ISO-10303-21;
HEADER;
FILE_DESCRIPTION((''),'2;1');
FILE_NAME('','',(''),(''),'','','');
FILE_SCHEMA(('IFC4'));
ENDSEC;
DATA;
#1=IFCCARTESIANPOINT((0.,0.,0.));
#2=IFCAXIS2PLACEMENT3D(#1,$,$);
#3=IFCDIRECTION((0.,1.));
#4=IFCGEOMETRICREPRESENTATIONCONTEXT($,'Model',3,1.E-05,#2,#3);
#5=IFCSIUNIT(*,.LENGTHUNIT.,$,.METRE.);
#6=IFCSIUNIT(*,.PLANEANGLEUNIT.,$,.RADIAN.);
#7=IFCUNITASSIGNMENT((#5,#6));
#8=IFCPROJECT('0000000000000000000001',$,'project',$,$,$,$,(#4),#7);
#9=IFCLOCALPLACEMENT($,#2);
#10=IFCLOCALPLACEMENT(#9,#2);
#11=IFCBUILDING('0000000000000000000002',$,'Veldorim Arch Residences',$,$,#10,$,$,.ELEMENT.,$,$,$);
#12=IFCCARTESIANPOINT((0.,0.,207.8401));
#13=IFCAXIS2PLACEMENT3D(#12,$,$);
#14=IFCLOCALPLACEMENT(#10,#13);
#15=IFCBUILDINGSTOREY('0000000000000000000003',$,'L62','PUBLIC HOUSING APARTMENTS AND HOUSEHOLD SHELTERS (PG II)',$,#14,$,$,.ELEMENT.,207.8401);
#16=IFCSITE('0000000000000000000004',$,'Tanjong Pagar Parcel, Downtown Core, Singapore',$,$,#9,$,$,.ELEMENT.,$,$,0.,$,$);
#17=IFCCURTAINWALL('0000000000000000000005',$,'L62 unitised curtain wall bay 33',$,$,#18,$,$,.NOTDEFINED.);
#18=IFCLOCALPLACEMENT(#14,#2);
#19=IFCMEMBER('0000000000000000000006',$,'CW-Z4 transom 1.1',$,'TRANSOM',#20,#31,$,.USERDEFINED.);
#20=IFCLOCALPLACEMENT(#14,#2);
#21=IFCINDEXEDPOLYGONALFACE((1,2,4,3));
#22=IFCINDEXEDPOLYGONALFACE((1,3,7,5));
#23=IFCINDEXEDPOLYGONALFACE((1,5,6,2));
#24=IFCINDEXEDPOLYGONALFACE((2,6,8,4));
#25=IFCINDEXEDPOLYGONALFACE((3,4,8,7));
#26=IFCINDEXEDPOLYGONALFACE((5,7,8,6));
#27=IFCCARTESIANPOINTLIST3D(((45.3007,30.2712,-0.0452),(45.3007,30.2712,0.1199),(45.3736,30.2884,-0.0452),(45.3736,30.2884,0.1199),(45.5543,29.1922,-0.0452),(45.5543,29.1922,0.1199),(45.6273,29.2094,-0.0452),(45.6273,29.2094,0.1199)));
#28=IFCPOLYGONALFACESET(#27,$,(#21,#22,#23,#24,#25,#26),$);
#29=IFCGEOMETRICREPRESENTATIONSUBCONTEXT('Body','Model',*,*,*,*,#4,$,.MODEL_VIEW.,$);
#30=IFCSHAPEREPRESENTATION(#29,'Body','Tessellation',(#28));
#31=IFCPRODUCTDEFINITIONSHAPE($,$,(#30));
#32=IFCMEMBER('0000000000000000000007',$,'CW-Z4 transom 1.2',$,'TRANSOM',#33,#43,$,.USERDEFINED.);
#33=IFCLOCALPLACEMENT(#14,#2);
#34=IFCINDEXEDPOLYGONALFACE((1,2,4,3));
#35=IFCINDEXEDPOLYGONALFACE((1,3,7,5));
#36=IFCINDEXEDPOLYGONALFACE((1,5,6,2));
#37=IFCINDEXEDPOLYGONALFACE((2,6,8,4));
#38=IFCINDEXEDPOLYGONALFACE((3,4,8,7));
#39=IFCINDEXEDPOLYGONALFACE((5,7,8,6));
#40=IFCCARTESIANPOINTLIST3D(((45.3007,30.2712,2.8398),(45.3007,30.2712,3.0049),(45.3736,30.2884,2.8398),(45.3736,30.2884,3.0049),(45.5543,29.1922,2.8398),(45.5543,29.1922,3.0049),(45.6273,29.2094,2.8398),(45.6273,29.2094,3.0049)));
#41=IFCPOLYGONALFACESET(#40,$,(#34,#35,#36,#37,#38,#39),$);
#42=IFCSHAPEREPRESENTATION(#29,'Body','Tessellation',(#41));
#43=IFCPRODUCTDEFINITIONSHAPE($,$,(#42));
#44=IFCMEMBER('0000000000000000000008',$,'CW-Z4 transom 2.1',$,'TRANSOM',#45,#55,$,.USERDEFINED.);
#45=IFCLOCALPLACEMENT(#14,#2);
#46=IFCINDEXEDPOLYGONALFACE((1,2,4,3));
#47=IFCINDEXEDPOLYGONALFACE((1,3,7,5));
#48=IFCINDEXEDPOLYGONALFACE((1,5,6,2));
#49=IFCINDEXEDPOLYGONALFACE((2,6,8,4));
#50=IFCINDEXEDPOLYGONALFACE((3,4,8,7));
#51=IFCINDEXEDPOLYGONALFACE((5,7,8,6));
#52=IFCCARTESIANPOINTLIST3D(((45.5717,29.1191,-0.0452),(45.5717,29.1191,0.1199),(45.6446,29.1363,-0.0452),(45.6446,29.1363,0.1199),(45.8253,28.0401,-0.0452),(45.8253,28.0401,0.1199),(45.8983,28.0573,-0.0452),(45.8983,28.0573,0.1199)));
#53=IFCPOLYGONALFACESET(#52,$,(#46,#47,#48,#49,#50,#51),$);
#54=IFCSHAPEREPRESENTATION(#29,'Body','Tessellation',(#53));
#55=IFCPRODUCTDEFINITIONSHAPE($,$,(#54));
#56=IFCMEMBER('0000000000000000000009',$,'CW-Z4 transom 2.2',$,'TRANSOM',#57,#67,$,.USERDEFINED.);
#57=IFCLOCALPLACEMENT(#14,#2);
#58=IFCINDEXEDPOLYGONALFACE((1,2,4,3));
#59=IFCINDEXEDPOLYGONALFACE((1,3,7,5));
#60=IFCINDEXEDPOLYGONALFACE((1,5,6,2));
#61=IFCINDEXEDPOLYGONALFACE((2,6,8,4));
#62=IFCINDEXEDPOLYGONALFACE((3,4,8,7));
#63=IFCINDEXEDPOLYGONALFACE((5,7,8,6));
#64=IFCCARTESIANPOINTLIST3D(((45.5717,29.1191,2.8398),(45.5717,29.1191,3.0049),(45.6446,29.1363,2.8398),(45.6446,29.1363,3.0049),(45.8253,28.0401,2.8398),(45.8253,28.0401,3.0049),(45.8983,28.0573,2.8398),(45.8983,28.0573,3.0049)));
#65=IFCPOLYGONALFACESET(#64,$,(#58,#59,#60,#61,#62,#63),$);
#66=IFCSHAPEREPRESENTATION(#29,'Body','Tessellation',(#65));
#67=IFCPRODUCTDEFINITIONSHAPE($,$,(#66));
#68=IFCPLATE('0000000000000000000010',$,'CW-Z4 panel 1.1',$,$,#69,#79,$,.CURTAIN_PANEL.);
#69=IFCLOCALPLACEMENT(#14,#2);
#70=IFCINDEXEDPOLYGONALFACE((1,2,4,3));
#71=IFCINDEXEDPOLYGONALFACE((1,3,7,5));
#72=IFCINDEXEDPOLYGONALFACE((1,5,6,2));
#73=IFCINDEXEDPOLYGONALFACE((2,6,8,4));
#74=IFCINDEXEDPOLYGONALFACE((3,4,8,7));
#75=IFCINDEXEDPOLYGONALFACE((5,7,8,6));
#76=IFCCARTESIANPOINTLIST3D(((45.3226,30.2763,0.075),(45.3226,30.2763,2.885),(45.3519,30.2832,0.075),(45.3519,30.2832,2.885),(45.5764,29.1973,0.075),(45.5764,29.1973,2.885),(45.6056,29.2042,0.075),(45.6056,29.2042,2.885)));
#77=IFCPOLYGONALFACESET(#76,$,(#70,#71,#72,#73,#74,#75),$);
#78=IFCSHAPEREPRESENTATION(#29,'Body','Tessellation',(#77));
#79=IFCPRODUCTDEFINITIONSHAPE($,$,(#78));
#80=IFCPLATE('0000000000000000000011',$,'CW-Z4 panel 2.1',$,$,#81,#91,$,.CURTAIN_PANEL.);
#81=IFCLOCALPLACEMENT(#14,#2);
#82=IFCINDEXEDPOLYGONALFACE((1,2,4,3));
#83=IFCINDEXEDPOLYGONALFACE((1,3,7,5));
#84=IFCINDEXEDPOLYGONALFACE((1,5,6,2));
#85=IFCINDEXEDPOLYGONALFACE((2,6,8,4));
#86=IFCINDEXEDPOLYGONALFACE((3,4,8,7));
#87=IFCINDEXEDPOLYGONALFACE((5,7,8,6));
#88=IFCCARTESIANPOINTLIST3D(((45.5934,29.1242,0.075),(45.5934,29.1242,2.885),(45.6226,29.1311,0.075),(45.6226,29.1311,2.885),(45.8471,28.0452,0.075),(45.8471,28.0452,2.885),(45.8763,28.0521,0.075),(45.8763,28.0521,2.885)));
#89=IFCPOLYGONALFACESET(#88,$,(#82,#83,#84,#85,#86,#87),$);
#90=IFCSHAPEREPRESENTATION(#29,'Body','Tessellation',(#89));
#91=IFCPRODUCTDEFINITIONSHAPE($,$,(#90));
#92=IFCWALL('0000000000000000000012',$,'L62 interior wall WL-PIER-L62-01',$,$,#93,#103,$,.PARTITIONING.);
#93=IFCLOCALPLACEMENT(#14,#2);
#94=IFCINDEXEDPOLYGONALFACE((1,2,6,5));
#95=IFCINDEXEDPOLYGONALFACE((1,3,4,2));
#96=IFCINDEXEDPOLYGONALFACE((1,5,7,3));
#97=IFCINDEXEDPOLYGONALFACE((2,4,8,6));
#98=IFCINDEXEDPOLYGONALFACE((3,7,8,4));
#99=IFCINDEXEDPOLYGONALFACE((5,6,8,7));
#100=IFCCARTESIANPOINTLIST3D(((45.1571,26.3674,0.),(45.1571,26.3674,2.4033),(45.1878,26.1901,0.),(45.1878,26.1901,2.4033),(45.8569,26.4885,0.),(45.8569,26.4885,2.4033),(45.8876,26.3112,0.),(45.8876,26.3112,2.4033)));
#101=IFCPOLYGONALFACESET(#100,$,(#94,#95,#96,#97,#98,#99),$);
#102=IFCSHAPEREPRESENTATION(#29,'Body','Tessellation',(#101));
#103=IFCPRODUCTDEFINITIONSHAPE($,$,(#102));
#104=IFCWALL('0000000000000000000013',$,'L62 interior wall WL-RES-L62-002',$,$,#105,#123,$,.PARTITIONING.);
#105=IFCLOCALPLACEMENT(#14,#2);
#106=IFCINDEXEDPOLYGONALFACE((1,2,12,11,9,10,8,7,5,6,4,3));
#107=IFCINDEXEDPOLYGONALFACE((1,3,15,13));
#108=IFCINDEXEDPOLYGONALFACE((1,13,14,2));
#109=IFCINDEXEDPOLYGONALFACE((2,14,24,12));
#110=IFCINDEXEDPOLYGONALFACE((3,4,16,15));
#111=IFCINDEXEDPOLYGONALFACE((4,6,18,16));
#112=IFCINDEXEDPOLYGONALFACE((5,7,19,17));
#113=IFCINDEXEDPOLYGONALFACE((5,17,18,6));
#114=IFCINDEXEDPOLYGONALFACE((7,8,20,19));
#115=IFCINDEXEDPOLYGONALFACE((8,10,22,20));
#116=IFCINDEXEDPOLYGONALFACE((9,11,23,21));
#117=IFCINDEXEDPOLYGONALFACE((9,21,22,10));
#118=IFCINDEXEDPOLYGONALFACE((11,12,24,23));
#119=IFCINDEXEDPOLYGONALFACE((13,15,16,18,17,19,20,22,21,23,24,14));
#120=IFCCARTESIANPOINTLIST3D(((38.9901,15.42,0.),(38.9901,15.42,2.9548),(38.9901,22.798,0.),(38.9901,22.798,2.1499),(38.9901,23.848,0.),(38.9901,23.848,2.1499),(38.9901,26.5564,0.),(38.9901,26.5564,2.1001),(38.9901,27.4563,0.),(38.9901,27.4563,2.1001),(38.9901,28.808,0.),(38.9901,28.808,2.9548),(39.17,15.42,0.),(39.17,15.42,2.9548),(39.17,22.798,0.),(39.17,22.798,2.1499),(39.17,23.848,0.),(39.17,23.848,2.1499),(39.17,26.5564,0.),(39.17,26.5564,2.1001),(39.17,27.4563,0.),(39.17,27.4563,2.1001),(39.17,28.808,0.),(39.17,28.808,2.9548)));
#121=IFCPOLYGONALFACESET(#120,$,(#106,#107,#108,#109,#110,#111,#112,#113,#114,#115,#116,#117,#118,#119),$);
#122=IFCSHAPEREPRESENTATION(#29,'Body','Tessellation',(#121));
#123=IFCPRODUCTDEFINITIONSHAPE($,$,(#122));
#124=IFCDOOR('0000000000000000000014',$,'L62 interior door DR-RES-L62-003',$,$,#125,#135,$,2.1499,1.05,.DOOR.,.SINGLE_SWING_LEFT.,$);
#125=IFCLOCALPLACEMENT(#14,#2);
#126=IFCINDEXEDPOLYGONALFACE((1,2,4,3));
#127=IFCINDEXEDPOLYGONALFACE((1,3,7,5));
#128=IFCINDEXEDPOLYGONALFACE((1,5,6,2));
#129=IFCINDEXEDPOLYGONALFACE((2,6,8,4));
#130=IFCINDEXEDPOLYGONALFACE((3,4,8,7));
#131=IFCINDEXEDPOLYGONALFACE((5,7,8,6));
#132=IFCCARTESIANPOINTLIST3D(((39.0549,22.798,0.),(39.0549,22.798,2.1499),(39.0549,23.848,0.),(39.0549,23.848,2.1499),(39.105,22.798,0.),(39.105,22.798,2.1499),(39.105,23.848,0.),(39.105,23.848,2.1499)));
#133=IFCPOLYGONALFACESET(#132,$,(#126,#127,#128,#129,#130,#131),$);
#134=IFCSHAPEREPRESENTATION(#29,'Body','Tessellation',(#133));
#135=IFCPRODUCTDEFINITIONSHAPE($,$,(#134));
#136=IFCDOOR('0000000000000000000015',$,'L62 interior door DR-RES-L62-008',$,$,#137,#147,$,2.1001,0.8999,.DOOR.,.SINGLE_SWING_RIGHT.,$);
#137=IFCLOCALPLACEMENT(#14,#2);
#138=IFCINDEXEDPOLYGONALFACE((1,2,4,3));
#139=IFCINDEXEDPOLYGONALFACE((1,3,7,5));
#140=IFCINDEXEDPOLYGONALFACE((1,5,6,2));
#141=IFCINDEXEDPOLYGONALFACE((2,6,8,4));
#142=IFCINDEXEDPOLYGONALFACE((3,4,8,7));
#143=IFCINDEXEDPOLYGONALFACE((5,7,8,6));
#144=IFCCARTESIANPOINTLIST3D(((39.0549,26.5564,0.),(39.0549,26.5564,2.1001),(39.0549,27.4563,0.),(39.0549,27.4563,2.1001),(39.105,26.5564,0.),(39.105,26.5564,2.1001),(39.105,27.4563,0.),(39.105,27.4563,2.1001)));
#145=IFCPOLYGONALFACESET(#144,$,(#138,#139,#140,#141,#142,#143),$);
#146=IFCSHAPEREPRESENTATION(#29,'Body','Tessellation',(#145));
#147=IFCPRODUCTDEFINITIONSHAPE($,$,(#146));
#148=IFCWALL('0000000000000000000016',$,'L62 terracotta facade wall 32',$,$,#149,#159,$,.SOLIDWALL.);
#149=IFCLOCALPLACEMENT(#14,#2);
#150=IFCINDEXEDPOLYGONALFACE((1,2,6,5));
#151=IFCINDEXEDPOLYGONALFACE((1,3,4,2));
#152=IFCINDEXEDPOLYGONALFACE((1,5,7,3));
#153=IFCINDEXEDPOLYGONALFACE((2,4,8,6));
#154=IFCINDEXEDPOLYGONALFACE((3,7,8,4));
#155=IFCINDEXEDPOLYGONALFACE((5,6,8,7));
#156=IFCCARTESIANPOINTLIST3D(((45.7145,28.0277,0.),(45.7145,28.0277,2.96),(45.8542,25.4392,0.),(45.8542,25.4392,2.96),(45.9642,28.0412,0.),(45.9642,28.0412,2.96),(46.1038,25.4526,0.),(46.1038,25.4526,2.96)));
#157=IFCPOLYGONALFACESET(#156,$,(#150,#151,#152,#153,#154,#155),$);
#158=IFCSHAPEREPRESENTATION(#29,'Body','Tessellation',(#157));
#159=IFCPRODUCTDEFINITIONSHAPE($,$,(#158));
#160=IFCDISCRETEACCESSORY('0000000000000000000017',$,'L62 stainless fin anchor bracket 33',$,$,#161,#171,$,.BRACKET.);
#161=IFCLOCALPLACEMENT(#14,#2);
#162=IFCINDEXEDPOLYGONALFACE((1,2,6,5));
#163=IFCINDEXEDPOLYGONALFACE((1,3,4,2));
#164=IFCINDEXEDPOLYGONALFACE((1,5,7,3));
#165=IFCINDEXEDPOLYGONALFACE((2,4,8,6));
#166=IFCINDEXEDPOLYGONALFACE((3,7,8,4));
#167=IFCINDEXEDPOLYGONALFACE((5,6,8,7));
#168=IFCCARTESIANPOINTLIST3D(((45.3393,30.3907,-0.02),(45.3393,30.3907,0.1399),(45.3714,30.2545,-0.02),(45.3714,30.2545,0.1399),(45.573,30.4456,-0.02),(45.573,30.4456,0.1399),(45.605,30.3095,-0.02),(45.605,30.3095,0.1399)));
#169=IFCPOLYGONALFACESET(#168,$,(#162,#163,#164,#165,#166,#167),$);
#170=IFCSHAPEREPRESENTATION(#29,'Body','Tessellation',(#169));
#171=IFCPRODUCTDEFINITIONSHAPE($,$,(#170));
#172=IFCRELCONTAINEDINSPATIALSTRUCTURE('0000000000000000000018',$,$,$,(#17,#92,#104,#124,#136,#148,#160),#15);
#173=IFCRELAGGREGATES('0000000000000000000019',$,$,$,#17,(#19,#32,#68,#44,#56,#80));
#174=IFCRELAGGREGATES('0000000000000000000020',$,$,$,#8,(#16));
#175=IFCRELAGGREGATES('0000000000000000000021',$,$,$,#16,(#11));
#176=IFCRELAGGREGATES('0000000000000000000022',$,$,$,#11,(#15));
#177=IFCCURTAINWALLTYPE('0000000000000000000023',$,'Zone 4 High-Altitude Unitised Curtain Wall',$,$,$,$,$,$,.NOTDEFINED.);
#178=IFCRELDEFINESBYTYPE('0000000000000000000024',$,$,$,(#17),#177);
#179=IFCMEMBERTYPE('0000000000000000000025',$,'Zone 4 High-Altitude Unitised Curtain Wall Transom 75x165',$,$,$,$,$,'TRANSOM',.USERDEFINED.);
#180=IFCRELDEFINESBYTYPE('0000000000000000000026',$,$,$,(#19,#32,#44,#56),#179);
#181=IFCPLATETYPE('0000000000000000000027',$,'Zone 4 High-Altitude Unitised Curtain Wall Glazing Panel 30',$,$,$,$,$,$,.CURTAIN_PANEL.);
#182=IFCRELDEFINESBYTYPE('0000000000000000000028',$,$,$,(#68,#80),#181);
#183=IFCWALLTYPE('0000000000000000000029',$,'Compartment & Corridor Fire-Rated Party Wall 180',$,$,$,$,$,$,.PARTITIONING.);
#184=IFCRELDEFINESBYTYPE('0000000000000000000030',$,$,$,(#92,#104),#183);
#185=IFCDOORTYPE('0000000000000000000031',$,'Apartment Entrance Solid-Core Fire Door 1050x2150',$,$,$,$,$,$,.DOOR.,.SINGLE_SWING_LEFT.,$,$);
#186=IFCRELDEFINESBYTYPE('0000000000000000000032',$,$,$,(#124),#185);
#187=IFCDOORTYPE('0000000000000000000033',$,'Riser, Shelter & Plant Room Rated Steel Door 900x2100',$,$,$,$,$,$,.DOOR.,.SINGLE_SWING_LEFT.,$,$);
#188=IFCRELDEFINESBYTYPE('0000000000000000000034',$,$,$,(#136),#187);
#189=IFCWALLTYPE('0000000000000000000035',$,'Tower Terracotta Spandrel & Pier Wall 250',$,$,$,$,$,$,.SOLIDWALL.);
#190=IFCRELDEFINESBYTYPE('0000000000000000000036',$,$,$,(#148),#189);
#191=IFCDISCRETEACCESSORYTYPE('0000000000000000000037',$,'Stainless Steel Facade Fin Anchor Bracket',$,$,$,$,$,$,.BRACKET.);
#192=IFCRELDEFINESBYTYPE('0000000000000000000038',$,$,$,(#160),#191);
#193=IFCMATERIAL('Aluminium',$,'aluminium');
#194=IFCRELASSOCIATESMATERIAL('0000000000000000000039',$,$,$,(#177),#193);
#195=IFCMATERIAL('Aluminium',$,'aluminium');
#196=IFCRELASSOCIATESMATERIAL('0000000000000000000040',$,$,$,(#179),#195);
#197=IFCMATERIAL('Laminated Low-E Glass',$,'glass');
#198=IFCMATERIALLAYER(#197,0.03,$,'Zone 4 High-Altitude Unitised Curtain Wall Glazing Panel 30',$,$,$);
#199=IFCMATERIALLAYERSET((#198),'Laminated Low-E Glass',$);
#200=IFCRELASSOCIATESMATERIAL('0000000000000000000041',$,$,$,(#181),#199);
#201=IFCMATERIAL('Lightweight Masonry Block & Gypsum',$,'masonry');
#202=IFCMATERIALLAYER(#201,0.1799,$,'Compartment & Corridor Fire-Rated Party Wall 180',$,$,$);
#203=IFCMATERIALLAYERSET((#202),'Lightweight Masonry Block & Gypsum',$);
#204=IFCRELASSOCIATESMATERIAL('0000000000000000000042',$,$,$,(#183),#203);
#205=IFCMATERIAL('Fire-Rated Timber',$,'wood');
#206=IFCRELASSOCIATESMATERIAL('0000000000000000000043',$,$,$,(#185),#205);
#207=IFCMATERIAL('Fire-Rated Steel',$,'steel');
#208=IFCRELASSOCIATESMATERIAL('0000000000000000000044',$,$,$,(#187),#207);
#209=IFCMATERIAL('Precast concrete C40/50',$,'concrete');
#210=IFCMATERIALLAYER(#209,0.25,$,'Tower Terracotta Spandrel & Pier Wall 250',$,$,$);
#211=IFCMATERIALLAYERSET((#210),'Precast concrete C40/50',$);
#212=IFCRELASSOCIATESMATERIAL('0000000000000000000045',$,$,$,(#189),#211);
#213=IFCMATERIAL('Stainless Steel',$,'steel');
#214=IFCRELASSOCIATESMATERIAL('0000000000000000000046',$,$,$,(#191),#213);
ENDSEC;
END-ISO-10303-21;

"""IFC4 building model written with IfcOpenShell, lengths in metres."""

from ifc_helpers import new_model, si_unit, direction, frame, frame_2d, origin, origin_2d, place, context, subcontext, project, spatial, rectangle, extrude, material, layer, layer_set, material_profile, profile_set, type_object, element, fill, aggregate, save


model = new_model("IFC4")

# Units and contexts
model_context = context("Model", 3, precision=1e-05, world=origin(), true_north=direction((0.0, 1.0)))
body_context = subcontext(model_context, "Body", "Model", "MODEL_VIEW")
ifc_project = project(units=[si_unit("LENGTHUNIT", "METRE"), si_unit("PLANEANGLEUNIT", "RADIAN")], contexts=[model_context])

# Site, building, storey
site_placement = place(None, origin())
site = spatial("IfcSite", under=ifc_project, at=site_placement, Name="Tanjong Pagar Parcel, Downtown Core, Singapore", CompositionType="ELEMENT", RefElevation=0.0)
building_placement = place(site_placement, origin())
building = spatial("IfcBuilding", under=site, at=building_placement, Name="Veldorim Arch Residences", CompositionType="ELEMENT")
storey_placement = place(building_placement, frame((0.0, 0.0, 207.8401)))
storey = spatial("IfcBuildingStorey", under=building, at=storey_placement, Name="L62", Description="PUBLIC HOUSING APARTMENTS AND HOUSEHOLD SHELTERS (PG II)", CompositionType="ELEMENT", Elevation=207.8401)

# Curtain wall, members, plates
ifc_material_1 = material(Name="Aluminium", Category="aluminium")
curtain_wall_type = type_object("IfcCurtainWallType", Name="Zone 4 High-Altitude Unitised Curtain Wall", PredefinedType="NOTDEFINED", material=ifc_material_1)
curtain_wall_placement = place(storey_placement, origin())
curtain_wall = element("IfcCurtainWall", 1, at=curtain_wall_placement, inside=storey, type_object=curtain_wall_type, Name="L62 unitised curtain wall bay 33", PredefinedType="NOTDEFINED")
ifc_material_2 = material(Name="Aluminium", Category="aluminium")
ifc_material_profile_1 = material_profile(ifc_material_2, rectangle(XDim=0.075, YDim=0.165, at=origin_2d()), Name="ALU_TRN_75x165")
ifc_profile_set_1 = profile_set([ifc_material_profile_1], Name="Aluminium")
member_type_1 = type_object("IfcMemberType", Name="Zone 4 High-Altitude Unitised Curtain Wall Transom 75x165", ElementType="TRANSOM", PredefinedType="USERDEFINED", material=ifc_profile_set_1)
member_1_placement = place(storey_placement, frame((45.3372, 30.2798, 0.0374), z_axis=(0.228831, -0.973466, 0.0), x_axis=(0.973466, 0.228831, 0.0)))
member_1 = element("IfcMember", 2, at=member_1_placement, type_object=member_type_1, Name="CW-Z4 transom 1.1", ObjectType="TRANSOM", PredefinedType="USERDEFINED", context=body_context, shape_type="SweptSolid", body=[
    extrude(rectangle(XDim=0.075, YDim=0.165, at=origin_2d()), origin(), (0.0, 0.0, 1.0), 1.1084),
])
member_2_placement = place(storey_placement, frame((45.3372, 30.2798, 2.9224), z_axis=(0.228831, -0.973466, 0.0), x_axis=(0.973466, 0.228831, 0.0)))
member_2 = element("IfcMember", 3, at=member_2_placement, type_object=member_type_1, Name="CW-Z4 transom 1.2", ObjectType="TRANSOM", PredefinedType="USERDEFINED", context=body_context, shape_type="SweptSolid", body=[
    extrude(rectangle(XDim=0.075, YDim=0.165, at=origin_2d()), origin(), (0.0, 0.0, 1.0), 1.1084),
])
member_3_placement = place(storey_placement, frame((45.6082, 29.1277, 0.0374), z_axis=(0.228831, -0.973466, 0.0), x_axis=(0.973466, 0.228831, 0.0)))
member_3 = element("IfcMember", 4, at=member_3_placement, type_object=member_type_1, Name="CW-Z4 transom 2.1", ObjectType="TRANSOM", PredefinedType="USERDEFINED", context=body_context, shape_type="SweptSolid", body=[
    extrude(rectangle(XDim=0.075, YDim=0.165, at=origin_2d()), origin(), (0.0, 0.0, 1.0), 1.1084),
])
member_4_placement = place(storey_placement, frame((45.6082, 29.1277, 2.9224), z_axis=(0.228831, -0.973466, 0.0), x_axis=(0.973466, 0.228831, 0.0)))
member_4 = element("IfcMember", 5, at=member_4_placement, type_object=member_type_1, Name="CW-Z4 transom 2.2", ObjectType="TRANSOM", PredefinedType="USERDEFINED", context=body_context, shape_type="SweptSolid", body=[
    extrude(rectangle(XDim=0.075, YDim=0.165, at=origin_2d()), origin(), (0.0, 0.0, 1.0), 1.1084),
])
ifc_material_3 = material(Name="Laminated Low-E Glass", Category="glass")
ifc_layer_1 = layer(ifc_material_3, 0.03, Name="Zone 4 High-Altitude Unitised Curtain Wall Glazing Panel 30")
ifc_layer_set_1 = layer_set([ifc_layer_1], Name="Laminated Low-E Glass")
plate_type = type_object("IfcPlateType", Name="Zone 4 High-Altitude Unitised Curtain Wall Glazing Panel 30", PredefinedType="CURTAIN_PANEL", material=ifc_layer_set_1)
plate_1_placement = place(storey_placement, frame((45.4641, 29.7402, 0.075), z_axis=(0.0, 0.0, 1.0), x_axis=(0.228907, -0.973448, 0.0)))
plate_1 = element("IfcPlate", 6, at=plate_1_placement, type_object=plate_type, Name="CW-Z4 panel 1.1", PredefinedType="CURTAIN_PANEL", context=body_context, shape_type="SweptSolid", body=[
    extrude(rectangle(XDim=1.1084, YDim=0.03, at=origin_2d()), origin(), (0.0, 0.0, 1.0), 2.8101),
])
plate_2_placement = place(storey_placement, frame((45.7349, 28.5881, 0.075), z_axis=(0.0, 0.0, 1.0), x_axis=(0.228907, -0.973448, 0.0)))
plate_2 = element("IfcPlate", 7, at=plate_2_placement, type_object=plate_type, Name="CW-Z4 panel 2.1", PredefinedType="CURTAIN_PANEL", context=body_context, shape_type="SweptSolid", body=[
    extrude(rectangle(XDim=1.1084, YDim=0.03, at=origin_2d()), origin(), (0.0, 0.0, 1.0), 2.8101),
])
aggregate(curtain_wall, [member_1, member_2, plate_1, member_3, member_4, plate_2])

# Wall
ifc_material_4 = material(Name="Lightweight Masonry Block & Gypsum", Category="masonry")
ifc_layer_2 = layer(ifc_material_4, 0.1799, Name="Compartment & Corridor Fire-Rated Party Wall 180")
ifc_layer_set_2 = layer_set([ifc_layer_2], Name="Lightweight Masonry Block & Gypsum")
wall_type_1 = type_object("IfcWallType", Name="Compartment & Corridor Fire-Rated Party Wall 180", PredefinedType="PARTITIONING", material=ifc_layer_set_2)
wall_1_placement = place(storey_placement, frame((45.1726, 26.2788, 0.0), z_axis=(0.0, 0.0, 1.0), x_axis=(0.985353, 0.170529, 0.0)))
element("IfcWall", 8, at=wall_1_placement, inside=storey, type_object=wall_type_1, Name="L62 interior wall WL-PIER-L62-01", PredefinedType="PARTITIONING", context=body_context, shape_type="SweptSolid", body=[
    extrude(rectangle(XDim=0.7102, YDim=0.1799, at=frame_2d((0.355, 0.0))), origin(), (0.0, 0.0, 1.0), 2.4033),
])

# Wall, openings, doors
wall_2_placement = place(storey_placement, frame((39.0801, 28.8079, 0.0), z_axis=(0.0, 0.0, 1.0), x_axis=(0.0, -1.0, 0.0)))
wall_2 = element("IfcWall", 9, at=wall_2_placement, inside=storey, type_object=wall_type_1, Name="L62 interior wall WL-RES-L62-002", PredefinedType="PARTITIONING", context=body_context, shape_type="SweptSolid", body=[
    extrude(rectangle(XDim=13.3879, YDim=0.1799, at=frame_2d((6.6938, 0.0))), origin(), (0.0, 0.0, 1.0), 2.9548),
])
opening_1_placement = place(wall_2_placement, frame((4.96, 0.0, 0.0)))
opening_1 = element("IfcOpeningElement", 10, at=opening_1_placement, cuts=wall_2, PredefinedType="OPENING", context=body_context, shape_type="SweptSolid", body=[
    extrude(rectangle(XDim=1.05, YDim=2.1499, at=frame_2d((0.5249, 1.075))), frame((0.0, 0.0999, 0.0), z_axis=(0.0, -1.0, 0.0), x_axis=(1.0, 0.0, 0.0)), (0.0, 0.0, 1.0), 0.2),
])
opening_2_placement = place(wall_2_placement, frame((1.3516, 0.0, 0.0)))
opening_2 = element("IfcOpeningElement", 11, at=opening_2_placement, cuts=wall_2, PredefinedType="OPENING", context=body_context, shape_type="SweptSolid", body=[
    extrude(rectangle(XDim=0.8999, YDim=2.1001, at=frame_2d((0.45, 1.05))), frame((0.0, 0.0999, 0.0), z_axis=(0.0, -1.0, 0.0), x_axis=(1.0, 0.0, 0.0)), (0.0, 0.0, 1.0), 0.2),
])
ifc_material_5 = material(Name="Fire-Rated Timber", Category="wood")
door_type_1 = type_object("IfcDoorType", Name="Apartment Entrance Solid-Core Fire Door 1050x2150", OperationType="SINGLE_SWING_LEFT", PredefinedType="DOOR", material=ifc_material_5)
door_1_placement = place(opening_1_placement, origin())
door_1 = element("IfcDoor", 12, at=door_1_placement, inside=storey, type_object=door_type_1, Name="L62 interior door DR-RES-L62-003", OperationType="SINGLE_SWING_LEFT", OverallHeight=2.1499, OverallWidth=1.05, PredefinedType="DOOR", context=body_context, shape_type="SweptSolid", body=[
    extrude(rectangle(XDim=1.05, YDim=2.1499, at=frame_2d((0.5249, 1.075))), frame((0.0, 0.0249, 0.0), z_axis=(0.0, -1.0, 0.0), x_axis=(1.0, 0.0, 0.0)), (0.0, 0.0, 1.0), 0.05),
])
fill(opening_1, door_1)
ifc_material_6 = material(Name="Fire-Rated Steel", Category="steel")
door_type_2 = type_object("IfcDoorType", Name="Riser, Shelter & Plant Room Rated Steel Door 900x2100", OperationType="SINGLE_SWING_LEFT", PredefinedType="DOOR", material=ifc_material_6)
door_2_placement = place(opening_2_placement, origin())
door_2 = element("IfcDoor", 13, at=door_2_placement, inside=storey, type_object=door_type_2, Name="L62 interior door DR-RES-L62-008", OperationType="SINGLE_SWING_RIGHT", OverallHeight=2.1001, OverallWidth=0.8999, PredefinedType="DOOR", context=body_context, shape_type="SweptSolid", body=[
    extrude(rectangle(XDim=0.8999, YDim=2.1001, at=frame_2d((0.45, 1.05))), frame((0.0, 0.0249, 0.0), z_axis=(0.0, -1.0, 0.0), x_axis=(1.0, 0.0, 0.0)), (0.0, 0.0, 1.0), 0.05),
])
fill(opening_2, door_2)

# Wall
ifc_material_7 = material(Name="Precast concrete C40/50", Category="concrete")
ifc_layer_3 = layer(ifc_material_7, 0.25, Name="Tower Terracotta Spandrel & Pier Wall 250")
ifc_layer_set_3 = layer_set([ifc_layer_3], Name="Precast concrete C40/50")
wall_type_2 = type_object("IfcWallType", Name="Tower Terracotta Spandrel & Pier Wall 250", PredefinedType="SOLIDWALL", material=ifc_layer_set_3)
wall_3_placement = place(storey_placement, frame((45.8394, 28.0344, 0.0), z_axis=(0.0, 0.0, 1.0), x_axis=(0.053869, -0.998548, 0.0)))
element("IfcWall", 14, at=wall_3_placement, inside=storey, type_object=wall_type_2, Name="L62 terracotta facade wall 32", PredefinedType="SOLIDWALL", context=body_context, shape_type="SweptSolid", body=[
    extrude(rectangle(XDim=2.5923, YDim=0.25, at=frame_2d((1.2961, 0.0))), origin(), (0.0, 0.0, 1.0), 2.96),
])

# Discrete accessory
ifc_material_8 = material(Name="Stainless Steel", Category="steel")
discrete_accessory_type = type_object("IfcDiscreteAccessoryType", Name="Stainless Steel Facade Fin Anchor Bracket", PredefinedType="BRACKET", material=ifc_material_8)
discrete_accessory_placement = place(storey_placement, frame((45.4722, 30.3501, -0.02), z_axis=(0.0, 0.0, 1.0), x_axis=(0.228861, -0.973459, 0.0)))
element("IfcDiscreteAccessory", 15, at=discrete_accessory_placement, inside=storey, type_object=discrete_accessory_type, Name="L62 stainless fin anchor bracket 33", PredefinedType="BRACKET", context=body_context, shape_type="SweptSolid", body=[
    extrude(rectangle(XDim=0.1399, YDim=0.24, at=origin_2d()), origin(), (0.0, 0.0, 1.0), 0.1599),
])

save(model, "model.ifc")
